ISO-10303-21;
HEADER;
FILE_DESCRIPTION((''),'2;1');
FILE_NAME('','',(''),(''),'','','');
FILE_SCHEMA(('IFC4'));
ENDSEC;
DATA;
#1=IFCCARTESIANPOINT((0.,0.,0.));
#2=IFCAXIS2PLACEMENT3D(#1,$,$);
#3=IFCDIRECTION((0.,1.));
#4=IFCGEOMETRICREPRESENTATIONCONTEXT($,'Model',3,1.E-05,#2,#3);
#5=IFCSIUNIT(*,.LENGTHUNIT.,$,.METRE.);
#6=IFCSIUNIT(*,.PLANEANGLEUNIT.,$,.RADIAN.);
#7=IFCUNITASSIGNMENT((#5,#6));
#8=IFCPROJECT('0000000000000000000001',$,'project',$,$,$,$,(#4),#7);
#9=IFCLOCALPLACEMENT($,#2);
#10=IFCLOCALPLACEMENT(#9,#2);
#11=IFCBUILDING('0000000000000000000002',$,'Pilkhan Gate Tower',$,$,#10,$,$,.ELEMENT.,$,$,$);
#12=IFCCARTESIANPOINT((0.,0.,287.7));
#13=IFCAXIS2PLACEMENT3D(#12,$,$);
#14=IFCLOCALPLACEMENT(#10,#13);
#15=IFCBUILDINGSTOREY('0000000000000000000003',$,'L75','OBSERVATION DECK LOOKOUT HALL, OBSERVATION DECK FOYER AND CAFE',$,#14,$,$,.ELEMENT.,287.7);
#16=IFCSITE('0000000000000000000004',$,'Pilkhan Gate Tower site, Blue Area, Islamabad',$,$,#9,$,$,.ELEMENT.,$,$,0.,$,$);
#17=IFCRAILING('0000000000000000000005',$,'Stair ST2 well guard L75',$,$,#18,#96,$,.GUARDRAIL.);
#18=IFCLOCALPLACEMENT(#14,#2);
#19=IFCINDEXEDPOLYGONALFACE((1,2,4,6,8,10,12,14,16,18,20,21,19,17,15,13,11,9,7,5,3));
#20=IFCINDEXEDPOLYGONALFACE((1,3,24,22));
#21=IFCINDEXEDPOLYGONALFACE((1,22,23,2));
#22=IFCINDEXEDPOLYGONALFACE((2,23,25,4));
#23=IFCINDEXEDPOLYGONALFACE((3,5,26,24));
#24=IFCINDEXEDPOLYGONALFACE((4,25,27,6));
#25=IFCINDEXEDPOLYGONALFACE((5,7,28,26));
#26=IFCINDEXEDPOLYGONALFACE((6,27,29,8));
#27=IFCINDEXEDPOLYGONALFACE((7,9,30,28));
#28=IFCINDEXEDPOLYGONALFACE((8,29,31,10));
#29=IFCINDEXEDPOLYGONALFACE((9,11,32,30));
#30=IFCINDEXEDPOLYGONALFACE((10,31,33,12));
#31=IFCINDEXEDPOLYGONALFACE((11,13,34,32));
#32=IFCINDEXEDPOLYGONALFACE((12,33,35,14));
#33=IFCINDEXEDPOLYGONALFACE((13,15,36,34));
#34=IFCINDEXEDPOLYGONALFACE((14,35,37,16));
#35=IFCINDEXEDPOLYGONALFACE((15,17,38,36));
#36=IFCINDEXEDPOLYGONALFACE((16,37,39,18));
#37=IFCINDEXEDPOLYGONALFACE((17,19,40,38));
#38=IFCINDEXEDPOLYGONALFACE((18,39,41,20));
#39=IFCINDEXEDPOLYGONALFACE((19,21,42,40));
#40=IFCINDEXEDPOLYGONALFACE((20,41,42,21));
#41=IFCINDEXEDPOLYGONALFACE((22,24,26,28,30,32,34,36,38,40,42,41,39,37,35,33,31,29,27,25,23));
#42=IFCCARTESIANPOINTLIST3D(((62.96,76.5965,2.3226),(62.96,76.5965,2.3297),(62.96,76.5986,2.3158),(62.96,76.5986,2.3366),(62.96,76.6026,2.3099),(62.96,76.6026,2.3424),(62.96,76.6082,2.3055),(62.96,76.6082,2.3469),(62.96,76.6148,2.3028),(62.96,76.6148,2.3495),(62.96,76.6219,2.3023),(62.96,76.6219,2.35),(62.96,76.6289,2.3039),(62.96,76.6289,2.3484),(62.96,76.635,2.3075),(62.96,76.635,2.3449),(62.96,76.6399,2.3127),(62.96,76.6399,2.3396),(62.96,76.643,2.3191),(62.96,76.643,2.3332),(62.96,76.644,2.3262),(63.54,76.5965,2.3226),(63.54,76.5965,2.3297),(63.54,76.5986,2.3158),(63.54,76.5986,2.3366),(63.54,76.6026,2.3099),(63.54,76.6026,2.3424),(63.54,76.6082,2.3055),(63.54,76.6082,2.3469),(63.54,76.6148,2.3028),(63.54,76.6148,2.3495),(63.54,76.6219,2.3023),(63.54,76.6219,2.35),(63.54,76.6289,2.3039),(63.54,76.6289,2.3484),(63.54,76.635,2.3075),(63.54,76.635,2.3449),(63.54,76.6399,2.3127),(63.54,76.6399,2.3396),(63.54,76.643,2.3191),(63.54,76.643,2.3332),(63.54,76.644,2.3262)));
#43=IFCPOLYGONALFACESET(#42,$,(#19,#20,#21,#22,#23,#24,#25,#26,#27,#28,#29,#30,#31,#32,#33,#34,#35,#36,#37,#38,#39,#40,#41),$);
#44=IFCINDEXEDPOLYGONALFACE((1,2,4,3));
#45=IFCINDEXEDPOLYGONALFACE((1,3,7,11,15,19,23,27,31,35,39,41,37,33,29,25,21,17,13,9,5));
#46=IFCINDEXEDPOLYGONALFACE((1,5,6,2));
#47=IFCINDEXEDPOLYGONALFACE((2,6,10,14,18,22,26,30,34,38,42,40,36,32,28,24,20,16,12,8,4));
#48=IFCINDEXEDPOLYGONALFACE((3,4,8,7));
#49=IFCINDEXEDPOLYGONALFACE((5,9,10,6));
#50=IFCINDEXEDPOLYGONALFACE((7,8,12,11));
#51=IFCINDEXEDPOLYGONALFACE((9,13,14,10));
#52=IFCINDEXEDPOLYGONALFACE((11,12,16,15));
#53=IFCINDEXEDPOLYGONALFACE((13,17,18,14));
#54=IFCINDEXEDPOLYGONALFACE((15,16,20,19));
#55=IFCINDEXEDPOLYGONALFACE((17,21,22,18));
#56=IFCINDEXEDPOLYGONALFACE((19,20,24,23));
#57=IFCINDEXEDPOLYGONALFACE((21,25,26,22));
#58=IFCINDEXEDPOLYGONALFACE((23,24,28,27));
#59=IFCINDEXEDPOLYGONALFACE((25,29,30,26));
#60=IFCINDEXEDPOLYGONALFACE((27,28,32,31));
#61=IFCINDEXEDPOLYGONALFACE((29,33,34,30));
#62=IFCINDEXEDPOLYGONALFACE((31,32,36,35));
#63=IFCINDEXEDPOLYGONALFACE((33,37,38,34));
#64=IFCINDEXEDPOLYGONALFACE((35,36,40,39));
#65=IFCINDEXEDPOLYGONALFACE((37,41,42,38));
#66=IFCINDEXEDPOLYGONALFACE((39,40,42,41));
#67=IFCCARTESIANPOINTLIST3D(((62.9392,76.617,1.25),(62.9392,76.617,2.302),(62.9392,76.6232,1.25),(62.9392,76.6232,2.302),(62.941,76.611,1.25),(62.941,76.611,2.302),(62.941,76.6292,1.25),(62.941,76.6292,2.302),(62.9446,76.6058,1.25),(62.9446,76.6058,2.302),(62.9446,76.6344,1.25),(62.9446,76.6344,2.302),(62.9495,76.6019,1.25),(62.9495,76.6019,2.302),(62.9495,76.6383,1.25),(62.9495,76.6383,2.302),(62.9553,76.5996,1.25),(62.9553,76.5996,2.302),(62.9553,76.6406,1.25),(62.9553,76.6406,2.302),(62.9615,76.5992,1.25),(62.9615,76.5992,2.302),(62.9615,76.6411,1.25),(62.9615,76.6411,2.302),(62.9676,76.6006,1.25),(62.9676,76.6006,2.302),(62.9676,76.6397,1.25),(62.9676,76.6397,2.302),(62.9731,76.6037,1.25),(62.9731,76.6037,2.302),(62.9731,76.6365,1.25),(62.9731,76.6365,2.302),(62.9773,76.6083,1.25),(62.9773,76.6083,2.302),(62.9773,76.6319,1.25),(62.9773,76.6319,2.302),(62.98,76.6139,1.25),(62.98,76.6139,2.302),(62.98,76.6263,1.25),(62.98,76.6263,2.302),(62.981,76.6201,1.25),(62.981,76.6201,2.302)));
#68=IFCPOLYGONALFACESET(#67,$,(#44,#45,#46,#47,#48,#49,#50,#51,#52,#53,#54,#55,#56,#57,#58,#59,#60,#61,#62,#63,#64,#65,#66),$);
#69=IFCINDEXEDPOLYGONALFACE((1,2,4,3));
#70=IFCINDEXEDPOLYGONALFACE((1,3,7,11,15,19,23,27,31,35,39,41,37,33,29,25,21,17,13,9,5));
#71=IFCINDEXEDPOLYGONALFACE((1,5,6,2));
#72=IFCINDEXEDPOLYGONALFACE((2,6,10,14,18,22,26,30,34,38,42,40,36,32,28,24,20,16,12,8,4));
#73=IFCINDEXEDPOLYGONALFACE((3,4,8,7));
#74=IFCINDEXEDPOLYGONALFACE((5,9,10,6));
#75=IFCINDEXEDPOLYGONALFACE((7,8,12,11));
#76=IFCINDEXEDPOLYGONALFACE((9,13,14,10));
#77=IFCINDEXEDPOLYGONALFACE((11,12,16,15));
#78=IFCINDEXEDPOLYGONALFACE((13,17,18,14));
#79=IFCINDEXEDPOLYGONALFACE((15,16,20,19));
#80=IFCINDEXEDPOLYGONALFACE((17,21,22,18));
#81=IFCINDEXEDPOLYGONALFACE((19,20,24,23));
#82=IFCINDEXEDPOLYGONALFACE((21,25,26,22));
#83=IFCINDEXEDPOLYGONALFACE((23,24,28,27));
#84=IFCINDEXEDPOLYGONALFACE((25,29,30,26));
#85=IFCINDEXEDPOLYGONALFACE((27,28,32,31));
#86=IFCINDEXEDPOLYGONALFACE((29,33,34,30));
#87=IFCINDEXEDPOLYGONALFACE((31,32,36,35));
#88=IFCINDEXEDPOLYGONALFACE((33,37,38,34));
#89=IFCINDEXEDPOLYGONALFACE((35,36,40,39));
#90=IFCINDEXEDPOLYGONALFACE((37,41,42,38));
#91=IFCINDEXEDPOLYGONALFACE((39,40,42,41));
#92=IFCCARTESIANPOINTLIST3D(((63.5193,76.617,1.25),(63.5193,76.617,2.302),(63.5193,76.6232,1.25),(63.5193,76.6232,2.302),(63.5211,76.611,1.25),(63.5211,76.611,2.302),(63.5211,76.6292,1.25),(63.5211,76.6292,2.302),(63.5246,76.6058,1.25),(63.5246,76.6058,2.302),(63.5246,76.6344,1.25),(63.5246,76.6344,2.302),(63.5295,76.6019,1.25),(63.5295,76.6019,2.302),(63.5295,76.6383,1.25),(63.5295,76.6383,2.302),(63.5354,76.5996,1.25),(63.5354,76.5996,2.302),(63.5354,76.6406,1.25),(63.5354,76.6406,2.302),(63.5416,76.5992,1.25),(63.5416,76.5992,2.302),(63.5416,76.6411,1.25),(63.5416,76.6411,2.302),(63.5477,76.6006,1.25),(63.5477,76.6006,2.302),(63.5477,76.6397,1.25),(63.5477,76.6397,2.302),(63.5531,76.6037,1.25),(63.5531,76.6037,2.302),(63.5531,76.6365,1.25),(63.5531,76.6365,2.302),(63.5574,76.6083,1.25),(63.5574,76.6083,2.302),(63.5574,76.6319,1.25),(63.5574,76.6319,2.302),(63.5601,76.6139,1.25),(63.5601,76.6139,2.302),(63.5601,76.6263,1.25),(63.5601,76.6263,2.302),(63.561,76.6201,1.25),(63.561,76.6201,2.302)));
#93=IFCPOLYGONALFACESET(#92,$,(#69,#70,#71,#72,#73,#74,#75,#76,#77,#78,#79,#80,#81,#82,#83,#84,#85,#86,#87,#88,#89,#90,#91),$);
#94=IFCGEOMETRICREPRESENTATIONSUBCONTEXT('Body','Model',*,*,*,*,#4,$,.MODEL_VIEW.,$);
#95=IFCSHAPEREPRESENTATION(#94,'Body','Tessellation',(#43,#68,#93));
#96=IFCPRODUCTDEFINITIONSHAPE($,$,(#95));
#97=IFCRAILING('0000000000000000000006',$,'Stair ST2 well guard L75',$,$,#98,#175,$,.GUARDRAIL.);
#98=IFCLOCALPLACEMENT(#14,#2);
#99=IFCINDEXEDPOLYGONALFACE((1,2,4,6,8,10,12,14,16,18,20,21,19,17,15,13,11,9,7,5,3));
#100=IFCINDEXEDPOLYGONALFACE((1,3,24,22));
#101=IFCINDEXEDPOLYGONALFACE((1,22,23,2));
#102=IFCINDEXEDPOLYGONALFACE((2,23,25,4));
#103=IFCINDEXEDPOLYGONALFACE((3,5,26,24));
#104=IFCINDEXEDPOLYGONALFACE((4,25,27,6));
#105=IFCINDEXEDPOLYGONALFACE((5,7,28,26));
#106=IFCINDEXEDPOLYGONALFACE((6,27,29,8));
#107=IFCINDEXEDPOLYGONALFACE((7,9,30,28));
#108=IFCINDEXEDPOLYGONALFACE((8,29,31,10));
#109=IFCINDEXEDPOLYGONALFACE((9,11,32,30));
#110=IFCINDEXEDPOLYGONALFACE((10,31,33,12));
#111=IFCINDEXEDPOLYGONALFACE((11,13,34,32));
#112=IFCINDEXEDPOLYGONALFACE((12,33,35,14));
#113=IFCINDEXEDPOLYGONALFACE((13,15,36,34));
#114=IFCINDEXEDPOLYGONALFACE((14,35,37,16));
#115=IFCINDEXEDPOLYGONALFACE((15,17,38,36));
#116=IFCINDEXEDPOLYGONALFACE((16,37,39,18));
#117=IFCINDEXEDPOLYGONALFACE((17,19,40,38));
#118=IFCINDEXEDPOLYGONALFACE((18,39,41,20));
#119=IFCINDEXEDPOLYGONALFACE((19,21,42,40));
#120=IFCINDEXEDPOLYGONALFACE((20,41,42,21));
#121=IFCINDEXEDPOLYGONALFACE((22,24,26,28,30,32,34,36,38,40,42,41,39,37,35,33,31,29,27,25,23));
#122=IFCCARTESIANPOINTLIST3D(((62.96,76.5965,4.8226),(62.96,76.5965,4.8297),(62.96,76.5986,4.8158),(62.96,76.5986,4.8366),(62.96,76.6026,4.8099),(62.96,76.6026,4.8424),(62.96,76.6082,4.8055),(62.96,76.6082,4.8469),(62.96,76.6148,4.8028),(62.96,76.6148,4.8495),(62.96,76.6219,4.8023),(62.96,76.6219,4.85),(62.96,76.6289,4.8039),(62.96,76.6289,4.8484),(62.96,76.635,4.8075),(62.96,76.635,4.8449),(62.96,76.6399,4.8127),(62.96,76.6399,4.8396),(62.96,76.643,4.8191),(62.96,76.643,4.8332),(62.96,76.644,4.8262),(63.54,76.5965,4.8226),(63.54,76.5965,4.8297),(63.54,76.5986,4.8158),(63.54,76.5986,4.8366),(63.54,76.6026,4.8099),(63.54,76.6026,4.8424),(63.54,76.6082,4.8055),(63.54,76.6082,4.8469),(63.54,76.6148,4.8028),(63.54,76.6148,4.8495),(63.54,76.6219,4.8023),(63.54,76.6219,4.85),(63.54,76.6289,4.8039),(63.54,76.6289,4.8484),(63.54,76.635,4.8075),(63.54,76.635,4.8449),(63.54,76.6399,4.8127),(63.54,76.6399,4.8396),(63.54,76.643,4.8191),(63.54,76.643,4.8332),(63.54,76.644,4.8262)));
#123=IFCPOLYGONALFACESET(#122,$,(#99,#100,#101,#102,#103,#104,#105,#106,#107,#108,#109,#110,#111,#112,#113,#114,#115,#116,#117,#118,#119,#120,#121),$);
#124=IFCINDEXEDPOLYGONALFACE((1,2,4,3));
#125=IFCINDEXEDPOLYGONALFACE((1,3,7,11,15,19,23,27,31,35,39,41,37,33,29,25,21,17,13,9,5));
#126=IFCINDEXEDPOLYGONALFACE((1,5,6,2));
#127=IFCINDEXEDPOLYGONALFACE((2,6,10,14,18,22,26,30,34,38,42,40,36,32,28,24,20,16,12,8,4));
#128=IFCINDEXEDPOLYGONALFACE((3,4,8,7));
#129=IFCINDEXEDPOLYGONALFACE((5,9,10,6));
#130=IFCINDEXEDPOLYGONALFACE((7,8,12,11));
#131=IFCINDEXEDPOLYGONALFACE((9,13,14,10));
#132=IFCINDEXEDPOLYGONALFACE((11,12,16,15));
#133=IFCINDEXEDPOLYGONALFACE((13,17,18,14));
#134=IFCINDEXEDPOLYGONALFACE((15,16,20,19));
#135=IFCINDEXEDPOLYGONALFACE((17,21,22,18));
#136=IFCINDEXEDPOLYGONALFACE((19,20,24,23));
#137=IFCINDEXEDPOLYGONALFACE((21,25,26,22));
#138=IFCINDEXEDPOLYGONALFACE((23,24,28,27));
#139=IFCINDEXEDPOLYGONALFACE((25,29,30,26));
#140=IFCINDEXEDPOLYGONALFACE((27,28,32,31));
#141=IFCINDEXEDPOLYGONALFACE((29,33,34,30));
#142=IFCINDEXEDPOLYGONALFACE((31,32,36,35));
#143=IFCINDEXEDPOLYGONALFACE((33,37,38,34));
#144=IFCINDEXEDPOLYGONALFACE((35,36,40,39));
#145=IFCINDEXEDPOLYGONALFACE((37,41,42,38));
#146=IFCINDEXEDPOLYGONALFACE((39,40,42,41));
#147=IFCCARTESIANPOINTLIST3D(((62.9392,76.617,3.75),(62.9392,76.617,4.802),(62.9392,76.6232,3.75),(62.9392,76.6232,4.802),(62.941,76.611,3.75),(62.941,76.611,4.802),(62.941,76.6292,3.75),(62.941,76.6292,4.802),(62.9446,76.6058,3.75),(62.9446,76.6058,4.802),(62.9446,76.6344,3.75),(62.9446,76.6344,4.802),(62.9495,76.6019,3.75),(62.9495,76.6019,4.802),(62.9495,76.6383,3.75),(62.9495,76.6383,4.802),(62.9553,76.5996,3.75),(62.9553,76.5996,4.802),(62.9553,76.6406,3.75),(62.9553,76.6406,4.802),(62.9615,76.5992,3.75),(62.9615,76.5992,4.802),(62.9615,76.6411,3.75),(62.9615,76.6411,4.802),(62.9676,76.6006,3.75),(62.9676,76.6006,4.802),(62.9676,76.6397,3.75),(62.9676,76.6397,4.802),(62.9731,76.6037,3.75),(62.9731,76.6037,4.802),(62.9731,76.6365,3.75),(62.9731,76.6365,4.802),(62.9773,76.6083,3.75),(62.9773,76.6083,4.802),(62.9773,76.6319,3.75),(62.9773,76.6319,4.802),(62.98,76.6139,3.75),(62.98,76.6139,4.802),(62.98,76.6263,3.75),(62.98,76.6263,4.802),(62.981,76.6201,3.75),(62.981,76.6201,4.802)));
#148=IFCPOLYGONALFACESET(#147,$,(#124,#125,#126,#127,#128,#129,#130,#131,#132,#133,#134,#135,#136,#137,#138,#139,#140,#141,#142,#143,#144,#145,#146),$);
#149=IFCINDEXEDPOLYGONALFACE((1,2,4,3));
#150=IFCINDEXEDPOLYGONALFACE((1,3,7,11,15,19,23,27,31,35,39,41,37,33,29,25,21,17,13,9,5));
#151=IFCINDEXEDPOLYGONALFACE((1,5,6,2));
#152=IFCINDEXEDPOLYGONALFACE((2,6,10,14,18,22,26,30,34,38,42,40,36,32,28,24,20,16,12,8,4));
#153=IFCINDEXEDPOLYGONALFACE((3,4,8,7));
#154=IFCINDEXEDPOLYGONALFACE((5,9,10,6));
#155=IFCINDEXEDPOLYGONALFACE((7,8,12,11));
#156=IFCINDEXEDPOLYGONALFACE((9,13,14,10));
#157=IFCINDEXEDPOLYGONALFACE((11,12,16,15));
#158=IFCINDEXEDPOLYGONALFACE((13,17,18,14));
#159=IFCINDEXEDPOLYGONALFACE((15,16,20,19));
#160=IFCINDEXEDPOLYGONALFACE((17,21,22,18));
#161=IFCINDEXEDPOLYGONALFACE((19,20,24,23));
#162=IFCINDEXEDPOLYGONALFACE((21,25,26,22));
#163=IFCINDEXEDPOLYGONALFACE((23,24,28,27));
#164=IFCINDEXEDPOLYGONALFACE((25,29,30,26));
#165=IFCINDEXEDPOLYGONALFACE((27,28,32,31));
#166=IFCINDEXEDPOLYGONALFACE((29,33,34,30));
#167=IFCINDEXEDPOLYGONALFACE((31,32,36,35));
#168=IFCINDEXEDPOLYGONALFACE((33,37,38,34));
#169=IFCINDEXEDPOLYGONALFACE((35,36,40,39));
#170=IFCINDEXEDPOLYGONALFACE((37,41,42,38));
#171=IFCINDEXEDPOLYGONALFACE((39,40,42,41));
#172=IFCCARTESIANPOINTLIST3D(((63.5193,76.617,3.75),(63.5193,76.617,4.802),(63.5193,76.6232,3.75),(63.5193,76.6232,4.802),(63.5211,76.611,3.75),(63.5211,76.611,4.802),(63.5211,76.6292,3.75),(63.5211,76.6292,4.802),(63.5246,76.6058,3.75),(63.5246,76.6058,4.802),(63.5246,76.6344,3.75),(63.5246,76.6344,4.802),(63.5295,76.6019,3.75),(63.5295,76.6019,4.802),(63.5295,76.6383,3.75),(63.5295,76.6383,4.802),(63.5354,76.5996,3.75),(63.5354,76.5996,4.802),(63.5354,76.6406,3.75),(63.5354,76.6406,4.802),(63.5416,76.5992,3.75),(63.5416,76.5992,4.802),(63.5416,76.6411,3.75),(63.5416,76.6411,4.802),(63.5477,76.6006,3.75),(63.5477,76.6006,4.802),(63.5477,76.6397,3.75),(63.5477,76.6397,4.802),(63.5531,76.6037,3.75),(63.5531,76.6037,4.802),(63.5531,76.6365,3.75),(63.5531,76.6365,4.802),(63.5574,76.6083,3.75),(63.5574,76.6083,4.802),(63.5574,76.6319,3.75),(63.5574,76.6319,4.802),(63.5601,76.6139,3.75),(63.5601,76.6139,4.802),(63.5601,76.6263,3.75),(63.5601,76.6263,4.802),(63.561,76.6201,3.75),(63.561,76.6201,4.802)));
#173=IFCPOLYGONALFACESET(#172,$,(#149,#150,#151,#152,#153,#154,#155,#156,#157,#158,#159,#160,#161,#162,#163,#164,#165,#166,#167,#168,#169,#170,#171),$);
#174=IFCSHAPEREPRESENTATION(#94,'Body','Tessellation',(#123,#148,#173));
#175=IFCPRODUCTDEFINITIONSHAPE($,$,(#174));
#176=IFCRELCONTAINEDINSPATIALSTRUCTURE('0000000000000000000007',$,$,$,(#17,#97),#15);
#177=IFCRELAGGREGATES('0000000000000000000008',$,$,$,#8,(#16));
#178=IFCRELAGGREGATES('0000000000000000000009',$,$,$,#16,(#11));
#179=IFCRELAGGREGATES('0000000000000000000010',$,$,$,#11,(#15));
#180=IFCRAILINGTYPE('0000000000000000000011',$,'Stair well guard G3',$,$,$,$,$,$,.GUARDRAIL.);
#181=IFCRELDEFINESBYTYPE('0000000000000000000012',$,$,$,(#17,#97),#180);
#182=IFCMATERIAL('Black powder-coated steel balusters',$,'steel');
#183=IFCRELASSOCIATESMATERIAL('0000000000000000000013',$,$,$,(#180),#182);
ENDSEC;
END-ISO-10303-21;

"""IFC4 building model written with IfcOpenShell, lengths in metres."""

from ifc_helpers import new_model, si_unit, direction, frame, origin, origin_2d, place, context, subcontext, project, spatial, circle, extrude, material, type_object, element, save


model = new_model("IFC4")

# Units and contexts
model_context = context("Model", 3, precision=1e-05, world=origin(), true_north=direction((0.0, 1.0)))
body_context = subcontext(model_context, "Body", "Model", "MODEL_VIEW")
ifc_project = project(units=[si_unit("LENGTHUNIT", "METRE"), si_unit("PLANEANGLEUNIT", "RADIAN")], contexts=[model_context])

# Site, building, storey
site_placement = place(None, origin())
site = spatial("IfcSite", under=ifc_project, at=site_placement, Name="Pilkhan Gate Tower site, Blue Area, Islamabad", CompositionType="ELEMENT", RefElevation=0.0)
building_placement = place(site_placement, origin())
building = spatial("IfcBuilding", under=site, at=building_placement, Name="Pilkhan Gate Tower", CompositionType="ELEMENT")
storey_placement = place(building_placement, frame((0.0, 0.0, 287.7)))
storey = spatial("IfcBuildingStorey", under=building, at=storey_placement, Name="L75", Description="OBSERVATION DECK LOOKOUT HALL, OBSERVATION DECK FOYER AND CAFE", CompositionType="ELEMENT", Elevation=287.7)

# Railings
ifc_material_1 = material(Name="Black powder-coated steel balusters", Category="steel")
railing_type_1 = type_object("IfcRailingType", Name="Stair well guard G3", PredefinedType="GUARDRAIL", material=ifc_material_1)
for number, where, name in (
    (1, (62.96, 76.6201, 1.25), "Stair ST2 well guard L75"),
    (2, (62.96, 76.6201, 3.75), "Stair ST2 well guard L75"),
):
    element("IfcRailing", number, at=place(storey_placement, frame(where)), inside=storey, type_object=railing_type_1, Name=name, PredefinedType="GUARDRAIL", context=body_context, shape_type="SweptSolid", body=[
        extrude(circle(Radius=0.0239, at=origin_2d()), frame((0.0, 0.0, 1.0762), z_axis=(1.0, 0.0, 0.0), x_axis=(0.0, 1.0, 0.0)), (0.0, 0.0, 1.0), 0.5801),
        extrude(circle(Radius=0.021, at=origin_2d()), origin(), (0.0, 0.0, 1.0), 1.052),
        extrude(circle(Radius=0.021, at=origin_2d()), frame((0.5801, 0.0, 0.0)), (0.0, 0.0, 1.0), 1.052),
    ])

save(model, "model.ifc")
